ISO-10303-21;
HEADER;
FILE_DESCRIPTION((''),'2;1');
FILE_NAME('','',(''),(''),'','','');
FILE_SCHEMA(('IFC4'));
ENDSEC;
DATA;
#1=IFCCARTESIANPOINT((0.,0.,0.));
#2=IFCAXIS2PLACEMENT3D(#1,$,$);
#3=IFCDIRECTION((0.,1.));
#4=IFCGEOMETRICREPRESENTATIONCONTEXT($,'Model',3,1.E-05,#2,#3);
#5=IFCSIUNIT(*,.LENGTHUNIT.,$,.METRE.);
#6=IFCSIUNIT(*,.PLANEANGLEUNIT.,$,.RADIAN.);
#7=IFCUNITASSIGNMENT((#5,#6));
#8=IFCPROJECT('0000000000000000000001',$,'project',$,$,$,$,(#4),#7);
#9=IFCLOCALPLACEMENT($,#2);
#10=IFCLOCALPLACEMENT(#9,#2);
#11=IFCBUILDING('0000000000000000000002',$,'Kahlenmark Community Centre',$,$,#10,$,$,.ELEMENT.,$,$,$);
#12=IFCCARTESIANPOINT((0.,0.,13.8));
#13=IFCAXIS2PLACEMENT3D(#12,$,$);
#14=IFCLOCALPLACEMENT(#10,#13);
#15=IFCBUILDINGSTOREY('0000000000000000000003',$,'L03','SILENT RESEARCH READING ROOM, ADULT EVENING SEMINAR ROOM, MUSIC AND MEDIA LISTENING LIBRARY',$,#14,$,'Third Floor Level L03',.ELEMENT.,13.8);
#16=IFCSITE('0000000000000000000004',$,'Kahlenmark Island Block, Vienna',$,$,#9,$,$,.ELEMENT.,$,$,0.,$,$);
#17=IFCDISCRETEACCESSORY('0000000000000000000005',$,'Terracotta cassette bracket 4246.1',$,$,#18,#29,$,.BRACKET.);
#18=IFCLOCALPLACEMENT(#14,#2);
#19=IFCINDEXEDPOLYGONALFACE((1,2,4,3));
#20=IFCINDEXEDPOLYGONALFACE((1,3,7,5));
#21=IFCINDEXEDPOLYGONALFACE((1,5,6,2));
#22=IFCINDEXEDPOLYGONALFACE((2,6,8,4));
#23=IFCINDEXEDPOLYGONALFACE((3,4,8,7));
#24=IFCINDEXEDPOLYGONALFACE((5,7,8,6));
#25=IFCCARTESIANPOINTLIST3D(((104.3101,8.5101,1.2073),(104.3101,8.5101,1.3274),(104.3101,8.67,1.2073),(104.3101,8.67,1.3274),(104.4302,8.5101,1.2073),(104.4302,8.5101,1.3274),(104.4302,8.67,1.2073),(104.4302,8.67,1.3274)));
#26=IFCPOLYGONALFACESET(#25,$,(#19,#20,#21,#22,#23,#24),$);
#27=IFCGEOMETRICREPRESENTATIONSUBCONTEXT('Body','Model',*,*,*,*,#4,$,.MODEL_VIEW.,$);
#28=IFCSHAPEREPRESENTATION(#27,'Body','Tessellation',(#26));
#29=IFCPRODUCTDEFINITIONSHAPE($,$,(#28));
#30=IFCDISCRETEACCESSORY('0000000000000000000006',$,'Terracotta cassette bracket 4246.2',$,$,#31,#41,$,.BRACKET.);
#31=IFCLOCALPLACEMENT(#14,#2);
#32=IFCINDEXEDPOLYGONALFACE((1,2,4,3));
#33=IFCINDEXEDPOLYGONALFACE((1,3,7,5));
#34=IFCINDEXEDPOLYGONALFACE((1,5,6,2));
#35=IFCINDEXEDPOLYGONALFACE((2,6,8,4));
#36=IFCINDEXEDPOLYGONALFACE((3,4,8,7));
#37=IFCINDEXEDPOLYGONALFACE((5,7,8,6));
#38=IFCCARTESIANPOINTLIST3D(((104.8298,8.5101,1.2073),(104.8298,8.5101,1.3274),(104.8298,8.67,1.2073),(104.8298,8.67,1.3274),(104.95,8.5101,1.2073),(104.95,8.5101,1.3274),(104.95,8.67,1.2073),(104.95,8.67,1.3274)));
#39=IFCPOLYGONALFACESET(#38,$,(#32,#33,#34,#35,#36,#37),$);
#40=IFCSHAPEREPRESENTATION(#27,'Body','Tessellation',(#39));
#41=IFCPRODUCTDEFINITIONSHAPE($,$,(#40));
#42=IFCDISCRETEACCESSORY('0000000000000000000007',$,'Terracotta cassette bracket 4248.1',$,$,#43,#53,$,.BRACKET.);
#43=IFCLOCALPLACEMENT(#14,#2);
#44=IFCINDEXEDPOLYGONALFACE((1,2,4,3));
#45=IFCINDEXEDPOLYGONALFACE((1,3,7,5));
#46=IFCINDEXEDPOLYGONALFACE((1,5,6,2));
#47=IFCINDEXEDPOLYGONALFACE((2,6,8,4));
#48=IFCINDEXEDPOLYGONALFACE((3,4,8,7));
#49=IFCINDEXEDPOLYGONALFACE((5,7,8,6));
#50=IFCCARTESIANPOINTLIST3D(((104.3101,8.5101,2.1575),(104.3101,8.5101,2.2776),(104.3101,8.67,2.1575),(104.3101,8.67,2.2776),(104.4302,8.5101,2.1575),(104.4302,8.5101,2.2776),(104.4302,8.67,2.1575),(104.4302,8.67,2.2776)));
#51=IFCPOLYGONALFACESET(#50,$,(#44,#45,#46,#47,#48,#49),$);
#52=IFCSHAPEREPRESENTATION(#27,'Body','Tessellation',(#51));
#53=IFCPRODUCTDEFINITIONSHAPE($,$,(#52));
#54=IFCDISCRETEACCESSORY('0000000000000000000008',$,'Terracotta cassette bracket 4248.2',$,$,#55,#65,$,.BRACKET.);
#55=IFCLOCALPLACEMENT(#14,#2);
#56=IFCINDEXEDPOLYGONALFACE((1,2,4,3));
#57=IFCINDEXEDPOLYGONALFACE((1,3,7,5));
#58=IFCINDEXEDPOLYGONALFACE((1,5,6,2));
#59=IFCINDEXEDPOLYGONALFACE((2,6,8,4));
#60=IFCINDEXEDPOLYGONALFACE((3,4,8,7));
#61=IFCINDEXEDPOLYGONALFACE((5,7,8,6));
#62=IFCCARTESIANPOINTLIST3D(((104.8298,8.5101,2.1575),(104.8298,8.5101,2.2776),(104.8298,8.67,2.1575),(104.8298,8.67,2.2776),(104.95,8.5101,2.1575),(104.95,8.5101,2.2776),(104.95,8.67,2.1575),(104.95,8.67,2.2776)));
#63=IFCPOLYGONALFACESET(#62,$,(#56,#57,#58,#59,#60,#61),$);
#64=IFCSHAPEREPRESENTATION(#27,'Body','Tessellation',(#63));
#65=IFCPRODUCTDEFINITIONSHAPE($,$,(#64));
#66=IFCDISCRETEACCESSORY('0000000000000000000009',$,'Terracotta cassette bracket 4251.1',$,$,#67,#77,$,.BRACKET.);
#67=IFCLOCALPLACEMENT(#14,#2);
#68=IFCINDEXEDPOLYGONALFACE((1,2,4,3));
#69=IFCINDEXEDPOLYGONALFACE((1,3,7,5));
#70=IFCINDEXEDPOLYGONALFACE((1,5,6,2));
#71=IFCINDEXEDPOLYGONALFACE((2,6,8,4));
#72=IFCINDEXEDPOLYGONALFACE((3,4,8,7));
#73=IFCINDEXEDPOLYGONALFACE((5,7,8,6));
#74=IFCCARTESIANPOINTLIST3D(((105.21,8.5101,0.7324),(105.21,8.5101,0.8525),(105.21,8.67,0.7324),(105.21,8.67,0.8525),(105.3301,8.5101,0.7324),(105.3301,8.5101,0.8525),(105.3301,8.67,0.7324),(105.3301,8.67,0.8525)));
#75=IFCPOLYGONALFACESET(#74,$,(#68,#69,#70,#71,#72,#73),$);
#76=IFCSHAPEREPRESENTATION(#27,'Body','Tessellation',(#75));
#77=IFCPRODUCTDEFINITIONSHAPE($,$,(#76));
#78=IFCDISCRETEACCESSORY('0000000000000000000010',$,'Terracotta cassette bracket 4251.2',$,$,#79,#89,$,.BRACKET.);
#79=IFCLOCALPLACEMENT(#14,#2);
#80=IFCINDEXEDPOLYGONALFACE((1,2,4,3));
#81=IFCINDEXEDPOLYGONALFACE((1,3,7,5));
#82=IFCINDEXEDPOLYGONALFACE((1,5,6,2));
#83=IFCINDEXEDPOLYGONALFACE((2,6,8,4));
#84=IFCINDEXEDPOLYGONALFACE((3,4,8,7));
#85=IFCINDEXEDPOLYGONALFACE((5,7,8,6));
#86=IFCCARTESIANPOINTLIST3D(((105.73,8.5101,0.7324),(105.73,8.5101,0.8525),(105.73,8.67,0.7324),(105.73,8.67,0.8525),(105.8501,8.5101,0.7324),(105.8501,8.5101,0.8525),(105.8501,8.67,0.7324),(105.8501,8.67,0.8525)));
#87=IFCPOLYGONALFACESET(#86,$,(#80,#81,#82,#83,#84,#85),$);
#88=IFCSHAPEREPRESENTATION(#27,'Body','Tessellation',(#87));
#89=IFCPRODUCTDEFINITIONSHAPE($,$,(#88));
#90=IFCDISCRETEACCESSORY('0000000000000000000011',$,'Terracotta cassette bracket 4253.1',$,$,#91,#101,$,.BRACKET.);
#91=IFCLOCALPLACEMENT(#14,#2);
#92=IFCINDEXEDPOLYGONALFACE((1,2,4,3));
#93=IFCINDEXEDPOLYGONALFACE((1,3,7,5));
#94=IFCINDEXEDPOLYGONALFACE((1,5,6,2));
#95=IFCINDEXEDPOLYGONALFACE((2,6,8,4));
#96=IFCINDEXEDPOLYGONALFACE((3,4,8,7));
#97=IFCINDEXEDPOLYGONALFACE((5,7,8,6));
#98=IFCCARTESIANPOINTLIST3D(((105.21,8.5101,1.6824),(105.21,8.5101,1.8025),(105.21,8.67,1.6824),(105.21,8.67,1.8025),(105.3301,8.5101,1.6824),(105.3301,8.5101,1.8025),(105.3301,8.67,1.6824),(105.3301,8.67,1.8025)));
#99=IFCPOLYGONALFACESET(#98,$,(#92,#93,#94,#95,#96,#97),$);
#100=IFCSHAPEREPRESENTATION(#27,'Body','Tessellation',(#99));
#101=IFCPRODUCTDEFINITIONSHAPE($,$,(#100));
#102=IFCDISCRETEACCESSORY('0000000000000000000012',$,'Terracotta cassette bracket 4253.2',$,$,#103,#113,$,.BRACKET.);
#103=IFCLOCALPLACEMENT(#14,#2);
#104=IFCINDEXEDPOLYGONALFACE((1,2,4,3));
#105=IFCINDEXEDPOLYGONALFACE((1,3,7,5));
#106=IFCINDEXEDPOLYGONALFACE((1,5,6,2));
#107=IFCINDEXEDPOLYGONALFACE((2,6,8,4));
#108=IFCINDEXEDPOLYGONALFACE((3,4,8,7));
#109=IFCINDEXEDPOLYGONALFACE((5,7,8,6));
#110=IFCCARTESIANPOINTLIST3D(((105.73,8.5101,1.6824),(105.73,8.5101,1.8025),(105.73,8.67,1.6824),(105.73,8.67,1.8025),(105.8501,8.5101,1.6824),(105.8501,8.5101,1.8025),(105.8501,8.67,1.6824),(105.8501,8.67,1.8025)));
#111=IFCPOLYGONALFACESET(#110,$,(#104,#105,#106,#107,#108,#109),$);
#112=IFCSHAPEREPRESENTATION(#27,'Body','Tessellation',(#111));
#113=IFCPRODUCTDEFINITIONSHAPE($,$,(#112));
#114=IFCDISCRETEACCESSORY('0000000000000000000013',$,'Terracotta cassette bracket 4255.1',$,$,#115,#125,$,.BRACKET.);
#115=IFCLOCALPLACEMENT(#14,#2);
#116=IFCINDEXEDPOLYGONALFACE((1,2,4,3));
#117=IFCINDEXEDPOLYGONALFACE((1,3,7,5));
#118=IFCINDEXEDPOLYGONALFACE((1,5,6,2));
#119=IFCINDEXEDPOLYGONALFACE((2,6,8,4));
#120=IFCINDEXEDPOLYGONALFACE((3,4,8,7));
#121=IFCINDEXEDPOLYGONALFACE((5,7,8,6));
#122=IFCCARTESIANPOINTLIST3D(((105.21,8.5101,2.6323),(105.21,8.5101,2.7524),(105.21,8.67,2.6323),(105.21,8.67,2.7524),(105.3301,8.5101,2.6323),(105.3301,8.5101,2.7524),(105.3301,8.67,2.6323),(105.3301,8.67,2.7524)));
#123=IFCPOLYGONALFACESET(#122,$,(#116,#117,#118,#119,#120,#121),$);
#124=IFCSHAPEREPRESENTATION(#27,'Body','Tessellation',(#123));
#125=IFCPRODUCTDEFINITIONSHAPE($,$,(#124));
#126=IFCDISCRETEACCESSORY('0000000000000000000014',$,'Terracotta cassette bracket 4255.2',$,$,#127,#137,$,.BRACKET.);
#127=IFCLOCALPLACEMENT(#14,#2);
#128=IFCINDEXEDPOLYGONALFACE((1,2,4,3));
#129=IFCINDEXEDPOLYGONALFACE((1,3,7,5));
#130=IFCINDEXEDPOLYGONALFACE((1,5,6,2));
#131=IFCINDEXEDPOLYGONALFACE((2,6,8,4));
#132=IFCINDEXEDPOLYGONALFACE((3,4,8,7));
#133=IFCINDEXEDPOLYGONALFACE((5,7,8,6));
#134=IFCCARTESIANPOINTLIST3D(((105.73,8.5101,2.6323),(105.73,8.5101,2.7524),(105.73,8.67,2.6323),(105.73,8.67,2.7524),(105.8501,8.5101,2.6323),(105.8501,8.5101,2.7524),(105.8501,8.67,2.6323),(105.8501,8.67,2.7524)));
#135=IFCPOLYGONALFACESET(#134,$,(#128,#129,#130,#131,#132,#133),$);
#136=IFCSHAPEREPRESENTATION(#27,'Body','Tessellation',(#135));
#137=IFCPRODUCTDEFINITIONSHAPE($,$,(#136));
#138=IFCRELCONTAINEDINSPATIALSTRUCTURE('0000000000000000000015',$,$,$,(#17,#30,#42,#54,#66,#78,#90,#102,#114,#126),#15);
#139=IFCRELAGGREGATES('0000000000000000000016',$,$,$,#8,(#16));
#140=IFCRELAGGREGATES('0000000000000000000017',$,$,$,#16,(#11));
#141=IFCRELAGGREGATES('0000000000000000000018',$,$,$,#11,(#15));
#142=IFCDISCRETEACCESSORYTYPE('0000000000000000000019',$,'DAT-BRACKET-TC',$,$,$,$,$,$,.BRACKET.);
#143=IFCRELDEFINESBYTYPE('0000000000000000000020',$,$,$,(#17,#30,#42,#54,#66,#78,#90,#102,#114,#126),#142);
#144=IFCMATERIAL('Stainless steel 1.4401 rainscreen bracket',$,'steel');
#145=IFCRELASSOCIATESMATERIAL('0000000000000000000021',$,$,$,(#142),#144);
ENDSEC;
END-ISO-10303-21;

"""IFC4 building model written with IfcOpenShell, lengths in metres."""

from ifc_helpers import new_model, si_unit, direction, frame, origin, origin_2d, place, context, subcontext, project, spatial, rectangle, extrude, material, type_object, element, save


model = new_model("IFC4")

# Units and contexts
model_context = context("Model", 3, precision=1e-05, world=origin(), true_north=direction((0.0, 1.0)))
body_context = subcontext(model_context, "Body", "Model", "MODEL_VIEW")
ifc_project = project(units=[si_unit("LENGTHUNIT", "METRE"), si_unit("PLANEANGLEUNIT", "RADIAN")], contexts=[model_context])

# Site, building, storey
site_placement = place(None, origin())
site = spatial("IfcSite", under=ifc_project, at=site_placement, Name="Kahlenmark Island Block, Vienna", CompositionType="ELEMENT", RefElevation=0.0)
building_placement = place(site_placement, origin())
building = spatial("IfcBuilding", under=site, at=building_placement, Name="Kahlenmark Community Centre", CompositionType="ELEMENT")
storey_placement = place(building_placement, frame((0.0, 0.0, 13.8)))
storey = spatial("IfcBuildingStorey", under=building, at=storey_placement, Name="L03", Description="SILENT RESEARCH READING ROOM, ADULT EVENING SEMINAR ROOM, MUSIC AND MEDIA LISTENING LIBRARY", LongName="Third Floor Level L03", CompositionType="ELEMENT", Elevation=13.8)

# Discrete accessories
ifc_material_1 = material(Name="Stainless steel 1.4401 rainscreen bracket", Category="steel")
discrete_accessory_type = type_object("IfcDiscreteAccessoryType", Name="DAT-BRACKET-TC", PredefinedType="BRACKET", material=ifc_material_1)
for number, where, z_axis, x_axis, name in (
    (1, (104.3701, 8.5901, 1.2073), (0.0, 0.0, 1.0), (1.0, 0.0, 0.0), "Terracotta cassette bracket 4246.1"),
    (2, (104.8899, 8.5901, 1.2073), (0.0, 0.0, 1.0), (1.0, 0.0, 0.0), "Terracotta cassette bracket 4246.2"),
    (3, (104.3701, 8.5901, 2.1575), (0.0, 0.0, 1.0), (1.0, 0.0, 0.0), "Terracotta cassette bracket 4248.1"),
    (4, (104.8899, 8.5901, 2.1575), (0.0, 0.0, 1.0), (1.0, 0.0, 0.0), "Terracotta cassette bracket 4248.2"),
    (5, (105.27, 8.5901, 0.7324), (0.0, 0.0, 1.0), (1.0, 0.0, 0.0), "Terracotta cassette bracket 4251.1"),
    (6, (105.79, 8.5901, 0.7324), (0.0, 0.0, 1.0), (1.0, 0.0, 0.0), "Terracotta cassette bracket 4251.2"),
    (7, (105.27, 8.5901, 1.6824), (0.0, 0.0, 1.0), (1.0, 0.0, 0.0), "Terracotta cassette bracket 4253.1"),
    (8, (105.79, 8.5901, 1.6824), (0.0, 0.0, 1.0), (1.0, 0.0, 0.0), "Terracotta cassette bracket 4253.2"),
    (9, (105.27, 8.5901, 2.6323), (0.0, 0.0, 1.0), (1.0, 0.0, 0.0), "Terracotta cassette bracket 4255.1"),
    (10, (105.79, 8.5901, 2.6323), (0.0, 0.0, 1.0), (1.0, 0.0, 0.0), "Terracotta cassette bracket 4255.2"),
):
    element("IfcDiscreteAccessory", number, at=place(storey_placement, frame(where, z_axis=z_axis, x_axis=x_axis)), inside=storey, type_object=discrete_accessory_type, Name=name, PredefinedType="BRACKET", context=body_context, shape_type="SweptSolid", body=[
        extrude(rectangle(XDim=0.1201, YDim=0.1599, at=origin_2d()), origin(), (0.0, 0.0, 1.0), 0.1201),
    ])

save(model, "model.ifc")
